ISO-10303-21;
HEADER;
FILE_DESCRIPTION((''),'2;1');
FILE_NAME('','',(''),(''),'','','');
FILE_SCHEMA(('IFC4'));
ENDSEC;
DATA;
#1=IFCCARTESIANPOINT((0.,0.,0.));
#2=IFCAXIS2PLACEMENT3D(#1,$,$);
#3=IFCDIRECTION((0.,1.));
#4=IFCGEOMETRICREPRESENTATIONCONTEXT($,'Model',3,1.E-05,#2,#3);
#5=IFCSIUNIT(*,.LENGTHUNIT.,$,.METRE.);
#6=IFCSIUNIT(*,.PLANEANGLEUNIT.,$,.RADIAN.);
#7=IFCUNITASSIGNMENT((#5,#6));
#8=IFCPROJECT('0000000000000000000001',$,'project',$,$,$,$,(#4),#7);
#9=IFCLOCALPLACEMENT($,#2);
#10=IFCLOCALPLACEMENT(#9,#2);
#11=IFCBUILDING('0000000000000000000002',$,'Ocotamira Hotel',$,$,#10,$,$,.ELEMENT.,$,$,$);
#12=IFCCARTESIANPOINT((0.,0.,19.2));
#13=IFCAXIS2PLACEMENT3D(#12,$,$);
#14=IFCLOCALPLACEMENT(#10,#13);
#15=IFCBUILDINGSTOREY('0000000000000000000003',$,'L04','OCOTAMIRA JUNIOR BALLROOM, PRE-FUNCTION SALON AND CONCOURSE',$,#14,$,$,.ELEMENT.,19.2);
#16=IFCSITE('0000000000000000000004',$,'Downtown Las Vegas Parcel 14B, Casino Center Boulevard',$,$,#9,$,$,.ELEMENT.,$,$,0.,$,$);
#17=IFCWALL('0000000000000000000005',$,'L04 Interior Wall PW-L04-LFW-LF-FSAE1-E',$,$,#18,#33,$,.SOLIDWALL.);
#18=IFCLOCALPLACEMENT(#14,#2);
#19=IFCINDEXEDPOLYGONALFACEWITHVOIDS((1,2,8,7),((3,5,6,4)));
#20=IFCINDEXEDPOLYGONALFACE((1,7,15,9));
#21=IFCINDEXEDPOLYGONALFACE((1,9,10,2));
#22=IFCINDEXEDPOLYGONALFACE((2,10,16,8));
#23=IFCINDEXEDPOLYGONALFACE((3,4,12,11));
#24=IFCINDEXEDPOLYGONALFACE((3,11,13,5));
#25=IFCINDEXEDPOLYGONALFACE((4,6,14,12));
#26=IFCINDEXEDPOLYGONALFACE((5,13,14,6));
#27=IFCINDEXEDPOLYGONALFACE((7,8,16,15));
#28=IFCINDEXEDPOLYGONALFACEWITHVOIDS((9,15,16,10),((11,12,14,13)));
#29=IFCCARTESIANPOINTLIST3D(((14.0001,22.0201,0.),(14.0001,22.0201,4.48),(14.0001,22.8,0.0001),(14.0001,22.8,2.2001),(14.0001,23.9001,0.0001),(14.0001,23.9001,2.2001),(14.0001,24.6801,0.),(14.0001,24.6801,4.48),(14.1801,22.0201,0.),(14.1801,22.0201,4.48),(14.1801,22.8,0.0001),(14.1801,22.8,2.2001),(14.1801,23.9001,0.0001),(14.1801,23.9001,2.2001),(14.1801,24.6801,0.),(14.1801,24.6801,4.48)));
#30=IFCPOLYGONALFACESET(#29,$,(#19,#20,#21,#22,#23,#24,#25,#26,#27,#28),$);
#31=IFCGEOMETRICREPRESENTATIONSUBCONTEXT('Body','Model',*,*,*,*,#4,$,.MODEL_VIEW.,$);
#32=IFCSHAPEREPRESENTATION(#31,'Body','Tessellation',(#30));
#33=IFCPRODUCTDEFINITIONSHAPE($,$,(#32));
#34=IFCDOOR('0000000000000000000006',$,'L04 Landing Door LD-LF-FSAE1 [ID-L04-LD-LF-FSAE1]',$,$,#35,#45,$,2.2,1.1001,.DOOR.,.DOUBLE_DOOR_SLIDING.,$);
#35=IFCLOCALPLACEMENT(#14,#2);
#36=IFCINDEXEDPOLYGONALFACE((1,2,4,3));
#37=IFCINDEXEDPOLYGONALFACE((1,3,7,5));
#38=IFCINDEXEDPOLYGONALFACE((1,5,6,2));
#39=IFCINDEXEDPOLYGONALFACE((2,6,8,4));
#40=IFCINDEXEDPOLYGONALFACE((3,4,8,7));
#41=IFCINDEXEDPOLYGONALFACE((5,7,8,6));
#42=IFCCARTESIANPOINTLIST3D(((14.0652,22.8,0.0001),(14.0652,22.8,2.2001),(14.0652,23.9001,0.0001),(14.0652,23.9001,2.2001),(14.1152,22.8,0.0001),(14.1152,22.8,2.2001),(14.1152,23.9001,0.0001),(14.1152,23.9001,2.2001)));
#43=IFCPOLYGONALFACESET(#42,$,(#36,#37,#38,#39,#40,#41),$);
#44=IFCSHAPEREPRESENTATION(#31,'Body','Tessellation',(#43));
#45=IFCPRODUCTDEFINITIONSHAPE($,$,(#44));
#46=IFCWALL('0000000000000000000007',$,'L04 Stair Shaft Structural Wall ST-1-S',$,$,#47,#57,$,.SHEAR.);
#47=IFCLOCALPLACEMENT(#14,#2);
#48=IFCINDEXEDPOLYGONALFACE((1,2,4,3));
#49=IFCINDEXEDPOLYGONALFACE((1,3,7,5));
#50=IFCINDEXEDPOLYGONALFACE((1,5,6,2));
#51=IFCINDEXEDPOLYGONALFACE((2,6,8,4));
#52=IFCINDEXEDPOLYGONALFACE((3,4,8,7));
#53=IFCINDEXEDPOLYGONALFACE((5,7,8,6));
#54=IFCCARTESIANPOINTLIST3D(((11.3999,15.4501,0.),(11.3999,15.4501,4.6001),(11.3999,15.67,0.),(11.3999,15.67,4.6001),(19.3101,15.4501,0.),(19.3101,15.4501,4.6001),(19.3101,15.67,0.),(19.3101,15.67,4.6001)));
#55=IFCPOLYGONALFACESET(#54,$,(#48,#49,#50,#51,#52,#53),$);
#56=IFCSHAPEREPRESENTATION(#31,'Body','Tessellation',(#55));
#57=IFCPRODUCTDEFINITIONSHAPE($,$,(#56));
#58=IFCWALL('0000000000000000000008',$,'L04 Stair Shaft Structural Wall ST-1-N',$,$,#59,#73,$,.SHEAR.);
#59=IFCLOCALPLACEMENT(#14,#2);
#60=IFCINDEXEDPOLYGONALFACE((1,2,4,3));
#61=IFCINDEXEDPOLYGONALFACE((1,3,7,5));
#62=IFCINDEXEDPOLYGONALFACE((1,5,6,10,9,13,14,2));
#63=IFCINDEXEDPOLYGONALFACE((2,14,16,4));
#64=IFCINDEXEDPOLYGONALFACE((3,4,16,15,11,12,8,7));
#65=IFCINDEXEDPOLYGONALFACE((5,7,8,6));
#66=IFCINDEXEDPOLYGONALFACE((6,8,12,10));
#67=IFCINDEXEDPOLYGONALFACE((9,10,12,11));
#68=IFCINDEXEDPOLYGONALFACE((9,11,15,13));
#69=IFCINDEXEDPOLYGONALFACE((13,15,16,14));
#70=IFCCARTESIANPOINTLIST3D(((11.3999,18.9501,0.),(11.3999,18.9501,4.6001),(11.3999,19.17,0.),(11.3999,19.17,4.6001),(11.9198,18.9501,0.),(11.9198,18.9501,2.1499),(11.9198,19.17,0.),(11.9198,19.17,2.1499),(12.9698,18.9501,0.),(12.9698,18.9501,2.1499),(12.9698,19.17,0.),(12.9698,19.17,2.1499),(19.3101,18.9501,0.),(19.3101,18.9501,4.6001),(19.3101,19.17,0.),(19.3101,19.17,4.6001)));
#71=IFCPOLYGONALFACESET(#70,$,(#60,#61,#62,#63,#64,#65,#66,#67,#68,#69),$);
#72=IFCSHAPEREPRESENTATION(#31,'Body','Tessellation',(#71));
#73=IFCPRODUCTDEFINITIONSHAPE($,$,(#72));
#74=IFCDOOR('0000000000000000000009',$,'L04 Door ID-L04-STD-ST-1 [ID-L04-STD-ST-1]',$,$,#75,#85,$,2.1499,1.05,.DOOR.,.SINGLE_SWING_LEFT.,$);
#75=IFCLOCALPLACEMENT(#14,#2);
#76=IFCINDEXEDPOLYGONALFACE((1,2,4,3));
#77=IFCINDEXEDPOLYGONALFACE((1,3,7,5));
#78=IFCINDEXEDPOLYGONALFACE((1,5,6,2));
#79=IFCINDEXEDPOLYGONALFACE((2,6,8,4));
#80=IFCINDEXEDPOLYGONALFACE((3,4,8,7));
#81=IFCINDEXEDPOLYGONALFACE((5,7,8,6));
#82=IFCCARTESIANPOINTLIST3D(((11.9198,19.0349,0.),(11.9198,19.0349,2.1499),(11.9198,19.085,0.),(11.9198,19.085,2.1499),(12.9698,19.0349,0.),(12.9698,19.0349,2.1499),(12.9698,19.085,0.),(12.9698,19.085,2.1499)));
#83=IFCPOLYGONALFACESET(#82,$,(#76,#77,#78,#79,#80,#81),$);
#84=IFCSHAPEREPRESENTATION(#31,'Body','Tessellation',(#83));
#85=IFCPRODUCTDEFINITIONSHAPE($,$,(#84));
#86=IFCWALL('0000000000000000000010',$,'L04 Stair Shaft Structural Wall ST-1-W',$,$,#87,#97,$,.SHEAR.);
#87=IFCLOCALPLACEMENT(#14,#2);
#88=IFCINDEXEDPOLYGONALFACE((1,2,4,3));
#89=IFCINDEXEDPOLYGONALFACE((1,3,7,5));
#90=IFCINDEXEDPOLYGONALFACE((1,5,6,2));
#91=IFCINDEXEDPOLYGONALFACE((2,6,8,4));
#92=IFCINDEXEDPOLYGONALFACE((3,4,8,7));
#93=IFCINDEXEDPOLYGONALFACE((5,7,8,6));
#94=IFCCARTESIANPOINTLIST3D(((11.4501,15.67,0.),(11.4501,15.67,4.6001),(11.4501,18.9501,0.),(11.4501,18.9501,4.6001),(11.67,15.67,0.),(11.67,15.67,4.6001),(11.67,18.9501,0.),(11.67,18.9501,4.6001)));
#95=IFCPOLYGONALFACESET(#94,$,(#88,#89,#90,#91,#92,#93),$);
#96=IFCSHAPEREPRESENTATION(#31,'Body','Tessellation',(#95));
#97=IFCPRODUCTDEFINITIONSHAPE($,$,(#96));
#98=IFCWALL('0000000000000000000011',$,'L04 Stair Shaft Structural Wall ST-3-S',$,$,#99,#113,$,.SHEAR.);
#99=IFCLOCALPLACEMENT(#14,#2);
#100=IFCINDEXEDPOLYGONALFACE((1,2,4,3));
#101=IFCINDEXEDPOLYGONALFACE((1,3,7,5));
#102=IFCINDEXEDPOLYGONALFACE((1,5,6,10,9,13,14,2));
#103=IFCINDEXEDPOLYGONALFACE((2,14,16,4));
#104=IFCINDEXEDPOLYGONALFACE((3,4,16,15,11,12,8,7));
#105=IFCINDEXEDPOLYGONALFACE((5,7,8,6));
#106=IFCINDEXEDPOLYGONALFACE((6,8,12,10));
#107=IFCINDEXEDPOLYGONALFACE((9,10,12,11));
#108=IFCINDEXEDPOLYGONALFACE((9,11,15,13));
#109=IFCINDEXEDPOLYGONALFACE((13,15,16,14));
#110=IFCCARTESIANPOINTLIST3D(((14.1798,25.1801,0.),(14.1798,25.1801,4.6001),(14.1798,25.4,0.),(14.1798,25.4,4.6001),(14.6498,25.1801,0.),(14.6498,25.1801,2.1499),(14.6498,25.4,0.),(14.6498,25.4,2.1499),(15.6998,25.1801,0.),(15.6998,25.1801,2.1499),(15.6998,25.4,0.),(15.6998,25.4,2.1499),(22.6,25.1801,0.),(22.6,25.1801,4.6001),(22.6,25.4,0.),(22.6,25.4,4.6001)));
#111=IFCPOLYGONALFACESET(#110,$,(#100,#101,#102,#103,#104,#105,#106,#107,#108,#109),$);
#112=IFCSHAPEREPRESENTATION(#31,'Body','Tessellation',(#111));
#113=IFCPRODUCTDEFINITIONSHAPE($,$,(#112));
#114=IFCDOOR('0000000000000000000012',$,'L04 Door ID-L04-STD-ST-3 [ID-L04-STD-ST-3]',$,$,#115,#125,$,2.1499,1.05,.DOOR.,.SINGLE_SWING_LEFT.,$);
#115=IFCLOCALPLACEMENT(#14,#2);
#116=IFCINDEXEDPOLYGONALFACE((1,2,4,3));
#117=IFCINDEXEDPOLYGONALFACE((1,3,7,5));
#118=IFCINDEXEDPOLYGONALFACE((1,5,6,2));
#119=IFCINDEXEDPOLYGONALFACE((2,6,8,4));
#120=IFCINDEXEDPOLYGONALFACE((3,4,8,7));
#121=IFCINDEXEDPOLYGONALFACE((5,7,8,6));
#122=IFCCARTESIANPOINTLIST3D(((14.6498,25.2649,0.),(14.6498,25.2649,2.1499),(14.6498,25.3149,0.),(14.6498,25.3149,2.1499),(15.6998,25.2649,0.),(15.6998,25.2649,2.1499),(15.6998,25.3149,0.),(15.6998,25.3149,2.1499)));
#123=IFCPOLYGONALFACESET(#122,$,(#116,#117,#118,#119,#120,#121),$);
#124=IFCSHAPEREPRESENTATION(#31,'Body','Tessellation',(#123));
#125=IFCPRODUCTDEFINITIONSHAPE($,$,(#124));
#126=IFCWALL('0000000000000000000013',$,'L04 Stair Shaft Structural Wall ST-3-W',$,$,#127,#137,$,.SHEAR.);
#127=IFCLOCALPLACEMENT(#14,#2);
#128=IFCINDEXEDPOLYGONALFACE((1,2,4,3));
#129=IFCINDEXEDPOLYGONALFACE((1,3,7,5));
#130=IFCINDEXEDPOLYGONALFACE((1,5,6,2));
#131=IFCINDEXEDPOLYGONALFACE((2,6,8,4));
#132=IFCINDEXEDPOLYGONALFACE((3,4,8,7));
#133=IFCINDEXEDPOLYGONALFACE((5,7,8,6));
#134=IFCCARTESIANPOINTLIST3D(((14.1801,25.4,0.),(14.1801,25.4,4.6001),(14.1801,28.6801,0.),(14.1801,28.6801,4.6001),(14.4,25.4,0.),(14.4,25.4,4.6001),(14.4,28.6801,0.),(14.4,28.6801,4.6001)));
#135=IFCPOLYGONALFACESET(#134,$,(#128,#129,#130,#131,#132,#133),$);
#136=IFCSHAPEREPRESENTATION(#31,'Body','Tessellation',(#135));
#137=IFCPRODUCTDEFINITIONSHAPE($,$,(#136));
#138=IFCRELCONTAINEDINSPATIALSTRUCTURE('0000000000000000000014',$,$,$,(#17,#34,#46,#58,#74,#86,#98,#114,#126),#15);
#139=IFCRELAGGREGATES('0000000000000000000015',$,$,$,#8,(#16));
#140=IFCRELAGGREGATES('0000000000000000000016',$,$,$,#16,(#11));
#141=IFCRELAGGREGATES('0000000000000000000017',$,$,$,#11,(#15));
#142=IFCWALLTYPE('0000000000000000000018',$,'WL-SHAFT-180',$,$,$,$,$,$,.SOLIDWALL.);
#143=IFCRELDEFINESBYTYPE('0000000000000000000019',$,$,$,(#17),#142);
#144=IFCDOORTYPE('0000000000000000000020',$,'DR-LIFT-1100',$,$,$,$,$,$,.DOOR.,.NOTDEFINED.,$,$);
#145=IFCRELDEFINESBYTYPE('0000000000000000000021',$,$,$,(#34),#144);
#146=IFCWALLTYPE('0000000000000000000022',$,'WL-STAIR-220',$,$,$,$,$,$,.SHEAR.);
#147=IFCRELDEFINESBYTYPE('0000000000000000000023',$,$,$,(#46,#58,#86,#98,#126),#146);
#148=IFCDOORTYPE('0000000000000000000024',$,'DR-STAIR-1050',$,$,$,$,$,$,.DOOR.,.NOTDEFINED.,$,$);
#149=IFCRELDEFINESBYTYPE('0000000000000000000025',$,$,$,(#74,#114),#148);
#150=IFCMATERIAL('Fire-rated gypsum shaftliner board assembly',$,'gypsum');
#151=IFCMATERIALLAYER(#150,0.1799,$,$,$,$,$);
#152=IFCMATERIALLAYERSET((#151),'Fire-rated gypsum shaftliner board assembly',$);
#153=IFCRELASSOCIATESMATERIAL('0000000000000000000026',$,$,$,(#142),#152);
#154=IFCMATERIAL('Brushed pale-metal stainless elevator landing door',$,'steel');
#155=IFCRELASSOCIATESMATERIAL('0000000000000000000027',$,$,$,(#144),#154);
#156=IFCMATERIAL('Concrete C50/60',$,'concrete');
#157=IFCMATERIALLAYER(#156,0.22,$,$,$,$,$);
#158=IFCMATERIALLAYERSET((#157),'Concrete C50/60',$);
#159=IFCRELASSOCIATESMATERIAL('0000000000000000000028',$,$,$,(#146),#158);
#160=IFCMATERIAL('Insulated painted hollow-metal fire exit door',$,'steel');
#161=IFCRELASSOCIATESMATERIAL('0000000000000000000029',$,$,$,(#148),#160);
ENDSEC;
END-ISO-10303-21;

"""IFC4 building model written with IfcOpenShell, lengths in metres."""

from ifc_helpers import new_model, si_unit, direction, frame, frame_2d, origin, place, context, subcontext, project, spatial, rectangle, extrude, source, transform, mapped, material, layer, layer_set, type_object, element, fill, save


model = new_model("IFC4")

# Units and contexts
model_context = context("Model", 3, precision=1e-05, world=origin(), true_north=direction((0.0, 1.0)))
body_context = subcontext(model_context, "Body", "Model", "MODEL_VIEW")
ifc_project = project(units=[si_unit("LENGTHUNIT", "METRE"), si_unit("PLANEANGLEUNIT", "RADIAN")], contexts=[model_context])

# Site, building, storey
site_placement = place(None, origin())
site = spatial("IfcSite", under=ifc_project, at=site_placement, Name="Downtown Las Vegas Parcel 14B, Casino Center Boulevard", CompositionType="ELEMENT", RefElevation=0.0)
building_placement = place(site_placement, origin())
building = spatial("IfcBuilding", under=site, at=building_placement, Name="Ocotamira Hotel", CompositionType="ELEMENT")
storey_placement = place(building_placement, frame((0.0, 0.0, 19.2)))
storey = spatial("IfcBuildingStorey", under=building, at=storey_placement, Name="L04", Description="OCOTAMIRA JUNIOR BALLROOM, PRE-FUNCTION SALON AND CONCOURSE", CompositionType="ELEMENT", Elevation=19.2)

# Shared definitions
ifc_material_1 = material(Name="Concrete C50/60", Category="concrete")

# Shared definitions
ifc_material_2 = material(Name="Fire-rated gypsum shaftliner board assembly", Category="gypsum")
ifc_layer_1 = layer(ifc_material_2, 0.1799)
ifc_layer_set_1 = layer_set([ifc_layer_1], Name="Fire-rated gypsum shaftliner board assembly")
wall_type_1 = type_object("IfcWallType", Name="WL-SHAFT-180", PredefinedType="SOLIDWALL", material=ifc_layer_set_1)

# Wall, opening, door
wall_1_placement = place(storey_placement, frame((14.0901, 22.02, 0.0), z_axis=(0.0, 0.0, 1.0), x_axis=(0.0, 1.0, 0.0)))
wall_1 = element("IfcWall", 1, at=wall_1_placement, inside=storey, type_object=wall_type_1, Name="L04 Interior Wall PW-L04-LFW-LF-FSAE1-E", PredefinedType="SOLIDWALL", context=body_context, shape_type="SweptSolid", body=[
    extrude(rectangle(XDim=2.6599, YDim=0.1799, at=frame_2d((1.3301, 0.0))), origin(), (0.0, 0.0, 1.0), 4.48),
])
opening_1_placement = place(wall_1_placement, frame((0.78, 0.0, 0.0)))
opening_1 = element("IfcOpeningElement", 2, at=opening_1_placement, cuts=wall_1, PredefinedType="OPENING", context=body_context, shape_type="SweptSolid", body=[
    extrude(rectangle(XDim=1.1001, YDim=2.2, at=frame_2d((0.55, 1.1001))), frame((0.0, 0.1001, 0.0), z_axis=(0.0, -1.0, 0.0), x_axis=(1.0, 0.0, 0.0)), (0.0, 0.0, 1.0), 0.2),
])
ifc_material_3 = material(Name="Brushed pale-metal stainless elevator landing door", Category="steel")
door_type_1 = type_object("IfcDoorType", Name="DR-LIFT-1100", OperationType="NOTDEFINED", PredefinedType="DOOR", material=ifc_material_3)
shared_shape_1 = source(origin(), body_context, "Body", "SweptSolid", [
    extrude(rectangle(XDim=1.1001, YDim=2.2, at=frame_2d((0.55, 1.1001))), frame((0.0, 0.0249, 0.0), z_axis=(0.0, -1.0, 0.0), x_axis=(1.0, 0.0, 0.0)), (0.0, 0.0, 1.0), 0.05),
])
door_1_placement = place(opening_1_placement, origin())
door_1 = element("IfcDoor", 3, at=door_1_placement, inside=storey, type_object=door_type_1, Name="L04 Landing Door LD-LF-FSAE1 [ID-L04-LD-LF-FSAE1]", OperationType="DOUBLE_DOOR_SLIDING", OverallHeight=2.2, OverallWidth=1.1001, PredefinedType="DOOR", context=body_context, shape_type="MappedRepresentation", body=[
    mapped(shared_shape_1, transform((0.0, 0.0, 0.0), scale=1.0)),
])
fill(opening_1, door_1)

# Wall
ifc_layer_2 = layer(ifc_material_1, 0.22)
ifc_layer_set_2 = layer_set([ifc_layer_2], Name="Concrete C50/60")
wall_type_2 = type_object("IfcWallType", Name="WL-STAIR-220", PredefinedType="SHEAR", material=ifc_layer_set_2)
wall_2_placement = place(storey_placement, frame((11.3999, 15.5601, 0.0), z_axis=(0.0, 0.0, 1.0), x_axis=(1.0, 0.0, 0.0)))
element("IfcWall", 4, at=wall_2_placement, inside=storey, type_object=wall_type_2, Name="L04 Stair Shaft Structural Wall ST-1-S", PredefinedType="SHEAR", context=body_context, shape_type="SweptSolid", body=[
    extrude(rectangle(XDim=7.9102, YDim=0.22, at=frame_2d((3.9551, 0.0))), origin(), (0.0, 0.0, 1.0), 4.6001),
])

# Wall, opening, door
wall_3_placement = place(storey_placement, frame((11.3999, 19.0601, 0.0), z_axis=(0.0, 0.0, 1.0), x_axis=(1.0, 0.0, 0.0)))
wall_3 = element("IfcWall", 5, at=wall_3_placement, inside=storey, type_object=wall_type_2, Name="L04 Stair Shaft Structural Wall ST-1-N", PredefinedType="SHEAR", context=body_context, shape_type="SweptSolid", body=[
    extrude(rectangle(XDim=7.9102, YDim=0.22, at=frame_2d((3.9551, 0.0))), origin(), (0.0, 0.0, 1.0), 4.6001),
])
opening_2_placement = place(wall_3_placement, frame((0.52, 0.0, 0.0)))
opening_2 = element("IfcOpeningElement", 6, at=opening_2_placement, cuts=wall_3, PredefinedType="OPENING", context=body_context, shape_type="SweptSolid", body=[
    extrude(rectangle(XDim=1.05, YDim=2.1499, at=frame_2d((0.5249, 1.075))), frame((0.0, 0.1201, 0.0), z_axis=(0.0, -1.0, 0.0), x_axis=(1.0, 0.0, 0.0)), (0.0, 0.0, 1.0), 0.24),
])
ifc_material_4 = material(Name="Insulated painted hollow-metal fire exit door", Category="steel")
door_type_2 = type_object("IfcDoorType", Name="DR-STAIR-1050", OperationType="NOTDEFINED", PredefinedType="DOOR", material=ifc_material_4)
shared_shape_2 = source(origin(), body_context, "Body", "SweptSolid", [
    extrude(rectangle(XDim=1.05, YDim=2.1499, at=frame_2d((0.5249, 1.075))), frame((0.0, 0.0249, 0.0), z_axis=(0.0, -1.0, 0.0), x_axis=(1.0, 0.0, 0.0)), (0.0, 0.0, 1.0), 0.05),
])
door_2_placement = place(opening_2_placement, origin())
door_2 = element("IfcDoor", 7, at=door_2_placement, inside=storey, type_object=door_type_2, Name="L04 Door ID-L04-STD-ST-1 [ID-L04-STD-ST-1]", OperationType="SINGLE_SWING_LEFT", OverallHeight=2.1499, OverallWidth=1.05, PredefinedType="DOOR", context=body_context, shape_type="MappedRepresentation", body=[
    mapped(shared_shape_2, transform((0.0, 0.0, 0.0), scale=1.0)),
])
fill(opening_2, door_2)

# Wall
wall_4_placement = place(storey_placement, frame((11.5601, 15.6699, 0.0), z_axis=(0.0, 0.0, 1.0), x_axis=(0.0, 1.0, 0.0)))
element("IfcWall", 8, at=wall_4_placement, inside=storey, type_object=wall_type_2, Name="L04 Stair Shaft Structural Wall ST-1-W", PredefinedType="SHEAR", context=body_context, shape_type="SweptSolid", body=[
    extrude(rectangle(XDim=3.28, YDim=0.22, at=frame_2d((1.6401, 0.0))), origin(), (0.0, 0.0, 1.0), 4.6001),
])

# Wall, opening, door
wall_5_placement = place(storey_placement, frame((14.1799, 25.29, 0.0), z_axis=(0.0, 0.0, 1.0), x_axis=(1.0, 0.0, 0.0)))
wall_5 = element("IfcWall", 9, at=wall_5_placement, inside=storey, type_object=wall_type_2, Name="L04 Stair Shaft Structural Wall ST-3-S", PredefinedType="SHEAR", context=body_context, shape_type="SweptSolid", body=[
    extrude(rectangle(XDim=8.4202, YDim=0.22, at=frame_2d((4.21, 0.0))), origin(), (0.0, 0.0, 1.0), 4.6001),
])
opening_3_placement = place(wall_5_placement, frame((0.47, 0.0, 0.0)))
opening_3 = element("IfcOpeningElement", 10, at=opening_3_placement, cuts=wall_5, PredefinedType="OPENING", context=body_context, shape_type="SweptSolid", body=[
    extrude(rectangle(XDim=1.05, YDim=2.1499, at=frame_2d((0.5249, 1.075))), frame((0.0, 0.1201, 0.0), z_axis=(0.0, -1.0, 0.0), x_axis=(1.0, 0.0, 0.0)), (0.0, 0.0, 1.0), 0.24),
])
door_3_placement = place(opening_3_placement, origin())
door_3 = element("IfcDoor", 11, at=door_3_placement, inside=storey, type_object=door_type_2, Name="L04 Door ID-L04-STD-ST-3 [ID-L04-STD-ST-3]", OperationType="SINGLE_SWING_LEFT", OverallHeight=2.1499, OverallWidth=1.05, PredefinedType="DOOR", context=body_context, shape_type="MappedRepresentation", body=[
    mapped(shared_shape_2, transform((0.0, 0.0, 0.0), scale=1.0)),
])
fill(opening_3, door_3)

# Wall
wall_6_placement = place(storey_placement, frame((14.29, 25.3999, 0.0), z_axis=(0.0, 0.0, 1.0), x_axis=(0.0, 1.0, 0.0)))
element("IfcWall", 12, at=wall_6_placement, inside=storey, type_object=wall_type_2, Name="L04 Stair Shaft Structural Wall ST-3-W", PredefinedType="SHEAR", context=body_context, shape_type="SweptSolid", body=[
    extrude(rectangle(XDim=3.28, YDim=0.22, at=frame_2d((1.6401, 0.0))), origin(), (0.0, 0.0, 1.0), 4.6001),
])

save(model, "model.ifc")
